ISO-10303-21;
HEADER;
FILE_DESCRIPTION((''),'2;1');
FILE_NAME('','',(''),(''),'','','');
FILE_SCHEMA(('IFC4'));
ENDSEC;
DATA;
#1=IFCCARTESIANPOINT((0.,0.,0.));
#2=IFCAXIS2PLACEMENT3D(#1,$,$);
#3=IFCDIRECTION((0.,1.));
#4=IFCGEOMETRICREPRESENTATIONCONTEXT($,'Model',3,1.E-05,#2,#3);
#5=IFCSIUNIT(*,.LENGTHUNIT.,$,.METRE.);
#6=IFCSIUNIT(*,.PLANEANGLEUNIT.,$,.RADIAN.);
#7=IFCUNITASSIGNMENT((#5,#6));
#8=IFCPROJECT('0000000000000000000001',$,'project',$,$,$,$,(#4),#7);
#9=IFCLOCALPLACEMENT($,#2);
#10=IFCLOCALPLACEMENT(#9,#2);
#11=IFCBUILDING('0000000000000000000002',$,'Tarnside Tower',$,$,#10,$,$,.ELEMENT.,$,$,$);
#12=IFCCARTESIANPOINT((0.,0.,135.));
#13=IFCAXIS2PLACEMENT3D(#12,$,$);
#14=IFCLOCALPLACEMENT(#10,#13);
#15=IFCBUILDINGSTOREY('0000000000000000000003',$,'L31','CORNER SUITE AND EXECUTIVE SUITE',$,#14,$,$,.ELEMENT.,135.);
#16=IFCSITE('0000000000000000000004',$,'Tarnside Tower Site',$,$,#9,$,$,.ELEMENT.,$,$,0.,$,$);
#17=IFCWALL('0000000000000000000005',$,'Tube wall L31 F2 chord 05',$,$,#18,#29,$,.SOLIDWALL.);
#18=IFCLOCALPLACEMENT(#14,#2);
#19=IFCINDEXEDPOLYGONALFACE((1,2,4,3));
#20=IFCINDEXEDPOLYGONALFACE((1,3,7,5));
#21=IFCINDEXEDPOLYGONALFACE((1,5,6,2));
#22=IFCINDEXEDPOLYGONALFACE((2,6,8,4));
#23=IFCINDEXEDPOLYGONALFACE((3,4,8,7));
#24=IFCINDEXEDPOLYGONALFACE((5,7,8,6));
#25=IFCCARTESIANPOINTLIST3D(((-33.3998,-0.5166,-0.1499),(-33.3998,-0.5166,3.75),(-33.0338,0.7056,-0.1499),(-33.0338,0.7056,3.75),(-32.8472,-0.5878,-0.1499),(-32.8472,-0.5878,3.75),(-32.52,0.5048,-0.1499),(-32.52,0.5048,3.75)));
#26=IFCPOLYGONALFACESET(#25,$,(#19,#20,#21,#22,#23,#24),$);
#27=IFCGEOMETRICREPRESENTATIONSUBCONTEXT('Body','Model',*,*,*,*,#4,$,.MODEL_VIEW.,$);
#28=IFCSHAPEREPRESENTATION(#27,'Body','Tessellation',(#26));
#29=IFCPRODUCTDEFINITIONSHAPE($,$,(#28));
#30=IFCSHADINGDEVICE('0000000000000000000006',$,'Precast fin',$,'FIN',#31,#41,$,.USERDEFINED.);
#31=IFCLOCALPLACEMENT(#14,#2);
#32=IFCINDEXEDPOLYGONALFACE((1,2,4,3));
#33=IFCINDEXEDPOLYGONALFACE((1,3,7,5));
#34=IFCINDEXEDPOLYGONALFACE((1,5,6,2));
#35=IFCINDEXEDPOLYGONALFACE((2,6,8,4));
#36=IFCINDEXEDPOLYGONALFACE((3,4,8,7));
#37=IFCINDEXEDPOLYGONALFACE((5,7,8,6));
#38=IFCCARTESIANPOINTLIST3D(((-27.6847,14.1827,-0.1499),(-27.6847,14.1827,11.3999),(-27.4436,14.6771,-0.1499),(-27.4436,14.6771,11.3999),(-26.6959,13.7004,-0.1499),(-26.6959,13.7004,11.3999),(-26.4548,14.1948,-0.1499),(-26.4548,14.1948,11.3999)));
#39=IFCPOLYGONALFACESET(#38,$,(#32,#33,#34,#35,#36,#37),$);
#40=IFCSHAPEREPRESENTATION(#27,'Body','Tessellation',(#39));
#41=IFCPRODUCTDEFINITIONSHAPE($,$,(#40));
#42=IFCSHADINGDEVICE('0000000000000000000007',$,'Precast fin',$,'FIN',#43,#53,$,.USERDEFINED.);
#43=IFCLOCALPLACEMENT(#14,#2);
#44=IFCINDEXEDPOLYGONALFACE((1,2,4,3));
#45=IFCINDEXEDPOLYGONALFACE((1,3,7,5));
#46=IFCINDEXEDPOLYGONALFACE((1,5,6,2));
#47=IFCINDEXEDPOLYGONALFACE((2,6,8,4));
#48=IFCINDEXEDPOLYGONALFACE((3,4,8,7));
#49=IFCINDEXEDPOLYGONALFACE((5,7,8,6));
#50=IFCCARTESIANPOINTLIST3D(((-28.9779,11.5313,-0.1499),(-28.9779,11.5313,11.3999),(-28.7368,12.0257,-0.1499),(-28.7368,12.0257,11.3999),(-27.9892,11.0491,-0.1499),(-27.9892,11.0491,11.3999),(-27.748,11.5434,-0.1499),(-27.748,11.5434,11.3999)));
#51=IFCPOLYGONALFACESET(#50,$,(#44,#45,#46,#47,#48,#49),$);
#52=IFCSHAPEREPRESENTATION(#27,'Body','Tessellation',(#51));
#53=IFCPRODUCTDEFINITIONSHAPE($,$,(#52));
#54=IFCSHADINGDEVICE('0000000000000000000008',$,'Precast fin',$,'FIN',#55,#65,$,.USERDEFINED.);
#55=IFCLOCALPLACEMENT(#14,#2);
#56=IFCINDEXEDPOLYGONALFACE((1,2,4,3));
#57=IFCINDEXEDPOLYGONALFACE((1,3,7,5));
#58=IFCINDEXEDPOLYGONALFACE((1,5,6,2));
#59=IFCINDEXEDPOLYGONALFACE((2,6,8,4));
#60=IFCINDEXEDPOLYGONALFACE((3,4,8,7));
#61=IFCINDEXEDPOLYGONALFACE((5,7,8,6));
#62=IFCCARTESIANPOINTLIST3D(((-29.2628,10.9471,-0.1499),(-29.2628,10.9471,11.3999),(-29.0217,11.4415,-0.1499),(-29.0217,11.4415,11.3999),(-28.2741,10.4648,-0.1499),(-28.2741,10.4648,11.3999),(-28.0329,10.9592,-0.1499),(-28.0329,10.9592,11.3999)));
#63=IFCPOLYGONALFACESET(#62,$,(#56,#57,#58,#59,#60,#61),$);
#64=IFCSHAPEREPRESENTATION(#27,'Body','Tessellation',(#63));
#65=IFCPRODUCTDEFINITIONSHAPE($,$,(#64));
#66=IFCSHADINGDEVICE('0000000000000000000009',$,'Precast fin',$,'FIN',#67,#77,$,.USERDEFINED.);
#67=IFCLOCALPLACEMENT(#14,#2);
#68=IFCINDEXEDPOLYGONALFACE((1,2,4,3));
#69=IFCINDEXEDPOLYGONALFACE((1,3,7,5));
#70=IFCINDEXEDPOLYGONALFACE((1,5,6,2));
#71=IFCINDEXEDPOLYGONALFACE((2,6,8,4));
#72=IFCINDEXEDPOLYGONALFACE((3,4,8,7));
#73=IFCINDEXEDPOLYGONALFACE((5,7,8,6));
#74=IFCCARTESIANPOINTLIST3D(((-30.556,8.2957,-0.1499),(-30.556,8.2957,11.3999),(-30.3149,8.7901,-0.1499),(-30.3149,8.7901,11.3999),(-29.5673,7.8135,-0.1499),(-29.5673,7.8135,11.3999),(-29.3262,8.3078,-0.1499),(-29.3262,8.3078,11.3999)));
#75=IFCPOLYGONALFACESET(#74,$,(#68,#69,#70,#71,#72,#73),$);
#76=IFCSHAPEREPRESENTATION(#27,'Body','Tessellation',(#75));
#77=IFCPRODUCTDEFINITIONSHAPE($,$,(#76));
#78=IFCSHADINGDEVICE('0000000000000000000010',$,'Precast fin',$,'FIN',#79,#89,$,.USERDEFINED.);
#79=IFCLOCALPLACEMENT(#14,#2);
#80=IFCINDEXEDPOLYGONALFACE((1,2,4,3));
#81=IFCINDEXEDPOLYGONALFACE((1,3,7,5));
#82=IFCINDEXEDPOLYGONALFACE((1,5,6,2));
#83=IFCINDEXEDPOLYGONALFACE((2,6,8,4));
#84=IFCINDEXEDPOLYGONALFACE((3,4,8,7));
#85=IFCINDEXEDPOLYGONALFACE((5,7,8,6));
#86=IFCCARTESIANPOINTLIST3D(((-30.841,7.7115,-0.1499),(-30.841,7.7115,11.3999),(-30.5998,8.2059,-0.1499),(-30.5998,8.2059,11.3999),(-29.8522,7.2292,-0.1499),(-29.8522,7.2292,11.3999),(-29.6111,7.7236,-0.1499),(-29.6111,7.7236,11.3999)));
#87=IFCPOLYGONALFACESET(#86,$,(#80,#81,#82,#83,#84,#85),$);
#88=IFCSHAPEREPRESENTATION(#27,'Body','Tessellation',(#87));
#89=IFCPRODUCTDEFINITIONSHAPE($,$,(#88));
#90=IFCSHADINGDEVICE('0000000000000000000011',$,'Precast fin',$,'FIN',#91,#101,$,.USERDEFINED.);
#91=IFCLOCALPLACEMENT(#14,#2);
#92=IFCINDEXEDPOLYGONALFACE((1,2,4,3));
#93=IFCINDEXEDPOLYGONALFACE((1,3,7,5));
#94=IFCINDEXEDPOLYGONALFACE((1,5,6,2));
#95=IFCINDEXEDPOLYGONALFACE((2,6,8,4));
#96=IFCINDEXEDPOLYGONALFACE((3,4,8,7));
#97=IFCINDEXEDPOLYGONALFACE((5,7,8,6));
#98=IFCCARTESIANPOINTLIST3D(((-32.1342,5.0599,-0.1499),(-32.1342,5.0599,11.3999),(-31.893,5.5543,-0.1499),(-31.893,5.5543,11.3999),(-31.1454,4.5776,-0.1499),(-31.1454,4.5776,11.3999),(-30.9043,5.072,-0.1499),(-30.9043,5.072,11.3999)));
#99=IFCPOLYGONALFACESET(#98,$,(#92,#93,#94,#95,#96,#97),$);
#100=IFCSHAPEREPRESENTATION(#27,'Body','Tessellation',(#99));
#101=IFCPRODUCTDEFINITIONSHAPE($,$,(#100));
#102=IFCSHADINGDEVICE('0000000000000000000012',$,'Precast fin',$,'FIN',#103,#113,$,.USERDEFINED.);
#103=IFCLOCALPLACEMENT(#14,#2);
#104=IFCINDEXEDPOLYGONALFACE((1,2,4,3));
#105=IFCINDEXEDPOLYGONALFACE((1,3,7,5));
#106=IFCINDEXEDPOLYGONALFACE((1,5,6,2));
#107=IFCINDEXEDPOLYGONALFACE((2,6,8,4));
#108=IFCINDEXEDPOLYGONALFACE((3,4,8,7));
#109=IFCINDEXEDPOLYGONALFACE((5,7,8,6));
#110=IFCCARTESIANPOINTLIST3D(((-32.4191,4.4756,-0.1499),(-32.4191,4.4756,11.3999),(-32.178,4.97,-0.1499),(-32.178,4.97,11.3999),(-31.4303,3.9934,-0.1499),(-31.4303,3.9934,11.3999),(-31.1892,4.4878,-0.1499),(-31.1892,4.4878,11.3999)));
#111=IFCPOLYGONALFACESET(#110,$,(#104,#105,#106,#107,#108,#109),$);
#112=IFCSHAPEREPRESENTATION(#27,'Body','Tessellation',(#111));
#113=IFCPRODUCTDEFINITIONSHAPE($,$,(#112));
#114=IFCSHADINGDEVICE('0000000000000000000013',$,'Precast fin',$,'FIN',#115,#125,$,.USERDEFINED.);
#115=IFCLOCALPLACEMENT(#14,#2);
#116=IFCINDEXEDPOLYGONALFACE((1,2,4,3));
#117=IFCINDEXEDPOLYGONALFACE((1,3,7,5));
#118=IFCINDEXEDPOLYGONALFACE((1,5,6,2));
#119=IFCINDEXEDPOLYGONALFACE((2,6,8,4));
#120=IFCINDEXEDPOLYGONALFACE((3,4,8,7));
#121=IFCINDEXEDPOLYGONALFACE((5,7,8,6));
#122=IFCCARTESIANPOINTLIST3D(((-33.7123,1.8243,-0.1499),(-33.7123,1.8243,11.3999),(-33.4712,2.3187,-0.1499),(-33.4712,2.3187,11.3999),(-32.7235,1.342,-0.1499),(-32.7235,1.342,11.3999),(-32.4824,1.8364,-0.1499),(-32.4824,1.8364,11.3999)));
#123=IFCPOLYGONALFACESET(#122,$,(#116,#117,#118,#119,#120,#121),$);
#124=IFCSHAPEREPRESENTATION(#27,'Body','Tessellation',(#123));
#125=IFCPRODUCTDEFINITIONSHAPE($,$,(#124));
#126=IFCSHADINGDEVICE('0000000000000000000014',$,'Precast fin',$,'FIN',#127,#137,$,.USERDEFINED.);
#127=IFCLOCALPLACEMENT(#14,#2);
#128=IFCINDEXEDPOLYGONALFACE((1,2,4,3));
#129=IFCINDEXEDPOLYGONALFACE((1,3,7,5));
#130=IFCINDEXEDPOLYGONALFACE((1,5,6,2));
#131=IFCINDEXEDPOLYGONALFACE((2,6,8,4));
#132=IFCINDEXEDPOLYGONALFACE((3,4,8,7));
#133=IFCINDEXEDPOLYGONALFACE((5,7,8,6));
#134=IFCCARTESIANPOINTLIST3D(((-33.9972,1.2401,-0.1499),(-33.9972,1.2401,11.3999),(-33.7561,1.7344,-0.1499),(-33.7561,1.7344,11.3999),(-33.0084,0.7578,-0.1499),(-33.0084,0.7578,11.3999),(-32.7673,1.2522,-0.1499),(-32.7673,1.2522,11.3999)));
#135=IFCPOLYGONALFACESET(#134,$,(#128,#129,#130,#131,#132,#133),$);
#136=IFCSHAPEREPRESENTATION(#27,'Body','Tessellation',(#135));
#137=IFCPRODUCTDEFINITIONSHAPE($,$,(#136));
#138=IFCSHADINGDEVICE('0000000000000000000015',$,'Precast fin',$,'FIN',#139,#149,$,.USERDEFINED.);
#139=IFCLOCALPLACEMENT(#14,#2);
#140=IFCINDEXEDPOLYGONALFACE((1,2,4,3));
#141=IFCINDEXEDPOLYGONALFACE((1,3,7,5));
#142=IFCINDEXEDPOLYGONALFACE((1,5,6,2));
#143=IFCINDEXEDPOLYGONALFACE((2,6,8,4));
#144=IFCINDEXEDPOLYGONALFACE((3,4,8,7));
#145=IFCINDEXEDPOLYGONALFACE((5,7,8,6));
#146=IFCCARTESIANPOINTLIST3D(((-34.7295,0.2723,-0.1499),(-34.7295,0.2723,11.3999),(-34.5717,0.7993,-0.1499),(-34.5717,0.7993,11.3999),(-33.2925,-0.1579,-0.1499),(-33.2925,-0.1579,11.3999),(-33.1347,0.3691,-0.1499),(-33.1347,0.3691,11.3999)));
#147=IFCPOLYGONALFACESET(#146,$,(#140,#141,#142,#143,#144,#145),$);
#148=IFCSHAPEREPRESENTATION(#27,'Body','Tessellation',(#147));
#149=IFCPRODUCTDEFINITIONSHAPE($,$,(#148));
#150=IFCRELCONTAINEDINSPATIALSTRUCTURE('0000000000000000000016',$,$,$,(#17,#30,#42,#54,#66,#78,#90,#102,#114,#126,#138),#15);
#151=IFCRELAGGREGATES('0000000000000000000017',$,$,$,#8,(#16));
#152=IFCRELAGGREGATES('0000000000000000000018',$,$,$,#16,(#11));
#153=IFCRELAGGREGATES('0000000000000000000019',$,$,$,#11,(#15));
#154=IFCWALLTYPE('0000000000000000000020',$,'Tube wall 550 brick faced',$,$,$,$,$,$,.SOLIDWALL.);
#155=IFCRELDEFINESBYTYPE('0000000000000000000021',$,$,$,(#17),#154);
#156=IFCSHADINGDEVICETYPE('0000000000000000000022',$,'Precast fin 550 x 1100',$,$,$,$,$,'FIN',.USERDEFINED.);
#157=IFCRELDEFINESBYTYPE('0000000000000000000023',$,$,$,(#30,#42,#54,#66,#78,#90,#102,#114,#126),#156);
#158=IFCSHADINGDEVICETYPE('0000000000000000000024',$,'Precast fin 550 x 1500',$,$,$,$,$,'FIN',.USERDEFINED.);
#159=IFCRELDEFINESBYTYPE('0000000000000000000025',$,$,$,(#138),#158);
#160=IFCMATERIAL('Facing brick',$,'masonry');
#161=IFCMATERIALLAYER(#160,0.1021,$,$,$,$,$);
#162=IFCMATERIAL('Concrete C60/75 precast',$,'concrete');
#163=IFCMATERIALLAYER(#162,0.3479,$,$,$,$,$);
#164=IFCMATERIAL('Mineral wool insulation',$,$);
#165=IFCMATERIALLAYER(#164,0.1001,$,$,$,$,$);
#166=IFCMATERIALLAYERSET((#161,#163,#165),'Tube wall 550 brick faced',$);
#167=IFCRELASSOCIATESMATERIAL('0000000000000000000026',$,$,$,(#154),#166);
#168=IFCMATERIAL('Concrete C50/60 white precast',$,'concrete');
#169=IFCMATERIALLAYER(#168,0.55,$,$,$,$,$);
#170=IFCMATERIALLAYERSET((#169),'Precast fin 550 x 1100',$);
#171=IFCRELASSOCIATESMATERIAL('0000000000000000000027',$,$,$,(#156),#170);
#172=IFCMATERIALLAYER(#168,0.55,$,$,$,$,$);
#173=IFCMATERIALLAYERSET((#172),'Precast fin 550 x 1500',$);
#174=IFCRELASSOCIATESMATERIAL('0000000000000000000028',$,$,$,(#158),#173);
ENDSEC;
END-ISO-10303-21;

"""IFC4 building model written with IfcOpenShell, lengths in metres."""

from ifc_helpers import new_model, si_unit, direction, frame, origin, place, context, subcontext, project, spatial, polyline, outline, extrude, material, layer, layer_set, type_object, element, save


model = new_model("IFC4")

# Units and contexts
model_context = context("Model", 3, precision=1e-05, world=origin(), true_north=direction((0.0, 1.0)))
body_context = subcontext(model_context, "Body", "Model", "MODEL_VIEW")
ifc_project = project(units=[si_unit("LENGTHUNIT", "METRE"), si_unit("PLANEANGLEUNIT", "RADIAN")], contexts=[model_context])

# Site, building, storey
site_placement = place(None, origin())
site = spatial("IfcSite", under=ifc_project, at=site_placement, Name="Tarnside Tower Site", CompositionType="ELEMENT", RefElevation=0.0)
building_placement = place(site_placement, origin())
building = spatial("IfcBuilding", under=site, at=building_placement, Name="Tarnside Tower", CompositionType="ELEMENT")
storey_placement = place(building_placement, frame((0.0, 0.0, 135.0)))
storey = spatial("IfcBuildingStorey", under=building, at=storey_placement, Name="L31", Description="CORNER SUITE AND EXECUTIVE SUITE", CompositionType="ELEMENT", Elevation=135.0)

# Wall
ifc_material_1 = material(Name="Facing brick", Category="masonry")
ifc_layer_1 = layer(ifc_material_1, 0.1021)
ifc_material_2 = material(Name="Concrete C60/75 precast", Category="concrete")
ifc_layer_2 = layer(ifc_material_2, 0.3479)
ifc_material_3 = material(Name="Mineral wool insulation")
ifc_layer_3 = layer(ifc_material_3, 0.1001)
ifc_layer_set_1 = layer_set([ifc_layer_1, ifc_layer_2, ifc_layer_3], Name="Tube wall 550 brick faced")
wall_type_1 = type_object("IfcWallType", Name="Tube wall 550 brick faced", PredefinedType="SOLIDWALL", material=ifc_layer_set_1)
wall_1_placement = place(storey_placement, frame((-32.7769, 0.6052, -0.1499), z_axis=(0.0, 0.0, 1.0), x_axis=(-0.286921, -0.957954, 0.0)))
element("IfcWall", 1, at=wall_1_placement, inside=storey, type_object=wall_type_1, Name="Tube wall L31 F2 chord 05", PredefinedType="SOLIDWALL", context=body_context, shape_type="SweptSolid", body=[
    extrude(outline(polyline([(-0.0225, -0.2749), (1.2534, -0.2749), (1.1631, 0.2749), (0.0225, 0.2749), (-0.0225, -0.2749)])), origin(), (0.0, 0.0, 1.0), 3.8999),
])

# Shading devices
ifc_material_4 = material(Name="Concrete C50/60 white precast", Category="concrete")
ifc_layer_4 = layer(ifc_material_4, 0.55)
ifc_layer_set_2 = layer_set([ifc_layer_4], Name="Precast fin 550 x 1100")
shading_device_type_1 = type_object("IfcShadingDeviceType", Name="Precast fin 550 x 1100", ElementType="FIN", PredefinedType="USERDEFINED", material=ifc_layer_set_2)
for number, where, z_axis, x_axis, name in (
    (2, (-26.5754, 13.9475, -0.1499), (0.438371, 0.898794, 0.0), (-0.898794, 0.438371, 0.0), "Precast fin"),
    (3, (-27.8687, 11.2961, -0.1499), (0.438371, 0.898794, 0.0), (-0.898794, 0.438371, 0.0), "Precast fin"),
    (4, (-28.1536, 10.7119, -0.1499), (0.438371, 0.898794, 0.0), (-0.898794, 0.438371, 0.0), "Precast fin"),
    (5, (-29.4468, 8.0605, -0.1499), (0.438371, 0.898794, 0.0), (-0.898794, 0.438371, 0.0), "Precast fin"),
    (6, (-29.7317, 7.4763, -0.1499), (0.438371, 0.898794, 0.0), (-0.898794, 0.438371, 0.0), "Precast fin"),
    (7, (-31.0249, 4.8247, -0.1499), (0.438371, 0.898794, 0.0), (-0.898794, 0.438371, 0.0), "Precast fin"),
    (8, (-31.3098, 4.2405, -0.1499), (0.438371, 0.898794, 0.0), (-0.898794, 0.438371, 0.0), "Precast fin"),
    (9, (-32.603, 1.5891, -0.1499), (0.438371, 0.898794, 0.0), (-0.898794, 0.438371, 0.0), "Precast fin"),
    (10, (-32.8879, 1.0049, -0.1499), (0.438371, 0.898794, 0.0), (-0.898794, 0.438371, 0.0), "Precast fin"),
):
    element("IfcShadingDevice", number, at=place(storey_placement, frame(where, z_axis=z_axis, x_axis=x_axis)), inside=storey, type_object=shading_device_type_1, Name=name, ObjectType="FIN", PredefinedType="USERDEFINED", context=body_context, shape_type="SweptSolid", body=[
        extrude(outline(polyline([(0.0, 0.0), (1.1001, 0.0), (1.1001, 11.5498), (0.0, 11.5498), (0.0, 0.0)])), frame((0.0, 0.0, -0.2749)), (0.0, 0.0, 1.0), 0.55),
    ])
ifc_layer_5 = layer(ifc_material_4, 0.55)
ifc_layer_set_3 = layer_set([ifc_layer_5], Name="Precast fin 550 x 1500")
shading_device_type_2 = type_object("IfcShadingDeviceType", Name="Precast fin 550 x 1500", ElementType="FIN", PredefinedType="USERDEFINED", material=ifc_layer_set_3)
shading_device_placement = place(storey_placement, frame((-33.2136, 0.1055, -0.1499), z_axis=(0.286803, 0.95799, 0.0), x_axis=(-0.95799, 0.286803, 0.0)))
element("IfcShadingDevice", 11, at=shading_device_placement, inside=storey, type_object=shading_device_type_2, Name="Precast fin", ObjectType="FIN", PredefinedType="USERDEFINED", context=body_context, shape_type="SweptSolid", body=[
    extrude(outline(polyline([(0.0, 0.0), (1.5, 0.0), (1.5, 11.5498), (0.0, 11.5498), (0.0, 0.0)])), frame((0.0, 0.0, -0.2749)), (0.0, 0.0, 1.0), 0.55),
])

save(model, "model.ifc")
